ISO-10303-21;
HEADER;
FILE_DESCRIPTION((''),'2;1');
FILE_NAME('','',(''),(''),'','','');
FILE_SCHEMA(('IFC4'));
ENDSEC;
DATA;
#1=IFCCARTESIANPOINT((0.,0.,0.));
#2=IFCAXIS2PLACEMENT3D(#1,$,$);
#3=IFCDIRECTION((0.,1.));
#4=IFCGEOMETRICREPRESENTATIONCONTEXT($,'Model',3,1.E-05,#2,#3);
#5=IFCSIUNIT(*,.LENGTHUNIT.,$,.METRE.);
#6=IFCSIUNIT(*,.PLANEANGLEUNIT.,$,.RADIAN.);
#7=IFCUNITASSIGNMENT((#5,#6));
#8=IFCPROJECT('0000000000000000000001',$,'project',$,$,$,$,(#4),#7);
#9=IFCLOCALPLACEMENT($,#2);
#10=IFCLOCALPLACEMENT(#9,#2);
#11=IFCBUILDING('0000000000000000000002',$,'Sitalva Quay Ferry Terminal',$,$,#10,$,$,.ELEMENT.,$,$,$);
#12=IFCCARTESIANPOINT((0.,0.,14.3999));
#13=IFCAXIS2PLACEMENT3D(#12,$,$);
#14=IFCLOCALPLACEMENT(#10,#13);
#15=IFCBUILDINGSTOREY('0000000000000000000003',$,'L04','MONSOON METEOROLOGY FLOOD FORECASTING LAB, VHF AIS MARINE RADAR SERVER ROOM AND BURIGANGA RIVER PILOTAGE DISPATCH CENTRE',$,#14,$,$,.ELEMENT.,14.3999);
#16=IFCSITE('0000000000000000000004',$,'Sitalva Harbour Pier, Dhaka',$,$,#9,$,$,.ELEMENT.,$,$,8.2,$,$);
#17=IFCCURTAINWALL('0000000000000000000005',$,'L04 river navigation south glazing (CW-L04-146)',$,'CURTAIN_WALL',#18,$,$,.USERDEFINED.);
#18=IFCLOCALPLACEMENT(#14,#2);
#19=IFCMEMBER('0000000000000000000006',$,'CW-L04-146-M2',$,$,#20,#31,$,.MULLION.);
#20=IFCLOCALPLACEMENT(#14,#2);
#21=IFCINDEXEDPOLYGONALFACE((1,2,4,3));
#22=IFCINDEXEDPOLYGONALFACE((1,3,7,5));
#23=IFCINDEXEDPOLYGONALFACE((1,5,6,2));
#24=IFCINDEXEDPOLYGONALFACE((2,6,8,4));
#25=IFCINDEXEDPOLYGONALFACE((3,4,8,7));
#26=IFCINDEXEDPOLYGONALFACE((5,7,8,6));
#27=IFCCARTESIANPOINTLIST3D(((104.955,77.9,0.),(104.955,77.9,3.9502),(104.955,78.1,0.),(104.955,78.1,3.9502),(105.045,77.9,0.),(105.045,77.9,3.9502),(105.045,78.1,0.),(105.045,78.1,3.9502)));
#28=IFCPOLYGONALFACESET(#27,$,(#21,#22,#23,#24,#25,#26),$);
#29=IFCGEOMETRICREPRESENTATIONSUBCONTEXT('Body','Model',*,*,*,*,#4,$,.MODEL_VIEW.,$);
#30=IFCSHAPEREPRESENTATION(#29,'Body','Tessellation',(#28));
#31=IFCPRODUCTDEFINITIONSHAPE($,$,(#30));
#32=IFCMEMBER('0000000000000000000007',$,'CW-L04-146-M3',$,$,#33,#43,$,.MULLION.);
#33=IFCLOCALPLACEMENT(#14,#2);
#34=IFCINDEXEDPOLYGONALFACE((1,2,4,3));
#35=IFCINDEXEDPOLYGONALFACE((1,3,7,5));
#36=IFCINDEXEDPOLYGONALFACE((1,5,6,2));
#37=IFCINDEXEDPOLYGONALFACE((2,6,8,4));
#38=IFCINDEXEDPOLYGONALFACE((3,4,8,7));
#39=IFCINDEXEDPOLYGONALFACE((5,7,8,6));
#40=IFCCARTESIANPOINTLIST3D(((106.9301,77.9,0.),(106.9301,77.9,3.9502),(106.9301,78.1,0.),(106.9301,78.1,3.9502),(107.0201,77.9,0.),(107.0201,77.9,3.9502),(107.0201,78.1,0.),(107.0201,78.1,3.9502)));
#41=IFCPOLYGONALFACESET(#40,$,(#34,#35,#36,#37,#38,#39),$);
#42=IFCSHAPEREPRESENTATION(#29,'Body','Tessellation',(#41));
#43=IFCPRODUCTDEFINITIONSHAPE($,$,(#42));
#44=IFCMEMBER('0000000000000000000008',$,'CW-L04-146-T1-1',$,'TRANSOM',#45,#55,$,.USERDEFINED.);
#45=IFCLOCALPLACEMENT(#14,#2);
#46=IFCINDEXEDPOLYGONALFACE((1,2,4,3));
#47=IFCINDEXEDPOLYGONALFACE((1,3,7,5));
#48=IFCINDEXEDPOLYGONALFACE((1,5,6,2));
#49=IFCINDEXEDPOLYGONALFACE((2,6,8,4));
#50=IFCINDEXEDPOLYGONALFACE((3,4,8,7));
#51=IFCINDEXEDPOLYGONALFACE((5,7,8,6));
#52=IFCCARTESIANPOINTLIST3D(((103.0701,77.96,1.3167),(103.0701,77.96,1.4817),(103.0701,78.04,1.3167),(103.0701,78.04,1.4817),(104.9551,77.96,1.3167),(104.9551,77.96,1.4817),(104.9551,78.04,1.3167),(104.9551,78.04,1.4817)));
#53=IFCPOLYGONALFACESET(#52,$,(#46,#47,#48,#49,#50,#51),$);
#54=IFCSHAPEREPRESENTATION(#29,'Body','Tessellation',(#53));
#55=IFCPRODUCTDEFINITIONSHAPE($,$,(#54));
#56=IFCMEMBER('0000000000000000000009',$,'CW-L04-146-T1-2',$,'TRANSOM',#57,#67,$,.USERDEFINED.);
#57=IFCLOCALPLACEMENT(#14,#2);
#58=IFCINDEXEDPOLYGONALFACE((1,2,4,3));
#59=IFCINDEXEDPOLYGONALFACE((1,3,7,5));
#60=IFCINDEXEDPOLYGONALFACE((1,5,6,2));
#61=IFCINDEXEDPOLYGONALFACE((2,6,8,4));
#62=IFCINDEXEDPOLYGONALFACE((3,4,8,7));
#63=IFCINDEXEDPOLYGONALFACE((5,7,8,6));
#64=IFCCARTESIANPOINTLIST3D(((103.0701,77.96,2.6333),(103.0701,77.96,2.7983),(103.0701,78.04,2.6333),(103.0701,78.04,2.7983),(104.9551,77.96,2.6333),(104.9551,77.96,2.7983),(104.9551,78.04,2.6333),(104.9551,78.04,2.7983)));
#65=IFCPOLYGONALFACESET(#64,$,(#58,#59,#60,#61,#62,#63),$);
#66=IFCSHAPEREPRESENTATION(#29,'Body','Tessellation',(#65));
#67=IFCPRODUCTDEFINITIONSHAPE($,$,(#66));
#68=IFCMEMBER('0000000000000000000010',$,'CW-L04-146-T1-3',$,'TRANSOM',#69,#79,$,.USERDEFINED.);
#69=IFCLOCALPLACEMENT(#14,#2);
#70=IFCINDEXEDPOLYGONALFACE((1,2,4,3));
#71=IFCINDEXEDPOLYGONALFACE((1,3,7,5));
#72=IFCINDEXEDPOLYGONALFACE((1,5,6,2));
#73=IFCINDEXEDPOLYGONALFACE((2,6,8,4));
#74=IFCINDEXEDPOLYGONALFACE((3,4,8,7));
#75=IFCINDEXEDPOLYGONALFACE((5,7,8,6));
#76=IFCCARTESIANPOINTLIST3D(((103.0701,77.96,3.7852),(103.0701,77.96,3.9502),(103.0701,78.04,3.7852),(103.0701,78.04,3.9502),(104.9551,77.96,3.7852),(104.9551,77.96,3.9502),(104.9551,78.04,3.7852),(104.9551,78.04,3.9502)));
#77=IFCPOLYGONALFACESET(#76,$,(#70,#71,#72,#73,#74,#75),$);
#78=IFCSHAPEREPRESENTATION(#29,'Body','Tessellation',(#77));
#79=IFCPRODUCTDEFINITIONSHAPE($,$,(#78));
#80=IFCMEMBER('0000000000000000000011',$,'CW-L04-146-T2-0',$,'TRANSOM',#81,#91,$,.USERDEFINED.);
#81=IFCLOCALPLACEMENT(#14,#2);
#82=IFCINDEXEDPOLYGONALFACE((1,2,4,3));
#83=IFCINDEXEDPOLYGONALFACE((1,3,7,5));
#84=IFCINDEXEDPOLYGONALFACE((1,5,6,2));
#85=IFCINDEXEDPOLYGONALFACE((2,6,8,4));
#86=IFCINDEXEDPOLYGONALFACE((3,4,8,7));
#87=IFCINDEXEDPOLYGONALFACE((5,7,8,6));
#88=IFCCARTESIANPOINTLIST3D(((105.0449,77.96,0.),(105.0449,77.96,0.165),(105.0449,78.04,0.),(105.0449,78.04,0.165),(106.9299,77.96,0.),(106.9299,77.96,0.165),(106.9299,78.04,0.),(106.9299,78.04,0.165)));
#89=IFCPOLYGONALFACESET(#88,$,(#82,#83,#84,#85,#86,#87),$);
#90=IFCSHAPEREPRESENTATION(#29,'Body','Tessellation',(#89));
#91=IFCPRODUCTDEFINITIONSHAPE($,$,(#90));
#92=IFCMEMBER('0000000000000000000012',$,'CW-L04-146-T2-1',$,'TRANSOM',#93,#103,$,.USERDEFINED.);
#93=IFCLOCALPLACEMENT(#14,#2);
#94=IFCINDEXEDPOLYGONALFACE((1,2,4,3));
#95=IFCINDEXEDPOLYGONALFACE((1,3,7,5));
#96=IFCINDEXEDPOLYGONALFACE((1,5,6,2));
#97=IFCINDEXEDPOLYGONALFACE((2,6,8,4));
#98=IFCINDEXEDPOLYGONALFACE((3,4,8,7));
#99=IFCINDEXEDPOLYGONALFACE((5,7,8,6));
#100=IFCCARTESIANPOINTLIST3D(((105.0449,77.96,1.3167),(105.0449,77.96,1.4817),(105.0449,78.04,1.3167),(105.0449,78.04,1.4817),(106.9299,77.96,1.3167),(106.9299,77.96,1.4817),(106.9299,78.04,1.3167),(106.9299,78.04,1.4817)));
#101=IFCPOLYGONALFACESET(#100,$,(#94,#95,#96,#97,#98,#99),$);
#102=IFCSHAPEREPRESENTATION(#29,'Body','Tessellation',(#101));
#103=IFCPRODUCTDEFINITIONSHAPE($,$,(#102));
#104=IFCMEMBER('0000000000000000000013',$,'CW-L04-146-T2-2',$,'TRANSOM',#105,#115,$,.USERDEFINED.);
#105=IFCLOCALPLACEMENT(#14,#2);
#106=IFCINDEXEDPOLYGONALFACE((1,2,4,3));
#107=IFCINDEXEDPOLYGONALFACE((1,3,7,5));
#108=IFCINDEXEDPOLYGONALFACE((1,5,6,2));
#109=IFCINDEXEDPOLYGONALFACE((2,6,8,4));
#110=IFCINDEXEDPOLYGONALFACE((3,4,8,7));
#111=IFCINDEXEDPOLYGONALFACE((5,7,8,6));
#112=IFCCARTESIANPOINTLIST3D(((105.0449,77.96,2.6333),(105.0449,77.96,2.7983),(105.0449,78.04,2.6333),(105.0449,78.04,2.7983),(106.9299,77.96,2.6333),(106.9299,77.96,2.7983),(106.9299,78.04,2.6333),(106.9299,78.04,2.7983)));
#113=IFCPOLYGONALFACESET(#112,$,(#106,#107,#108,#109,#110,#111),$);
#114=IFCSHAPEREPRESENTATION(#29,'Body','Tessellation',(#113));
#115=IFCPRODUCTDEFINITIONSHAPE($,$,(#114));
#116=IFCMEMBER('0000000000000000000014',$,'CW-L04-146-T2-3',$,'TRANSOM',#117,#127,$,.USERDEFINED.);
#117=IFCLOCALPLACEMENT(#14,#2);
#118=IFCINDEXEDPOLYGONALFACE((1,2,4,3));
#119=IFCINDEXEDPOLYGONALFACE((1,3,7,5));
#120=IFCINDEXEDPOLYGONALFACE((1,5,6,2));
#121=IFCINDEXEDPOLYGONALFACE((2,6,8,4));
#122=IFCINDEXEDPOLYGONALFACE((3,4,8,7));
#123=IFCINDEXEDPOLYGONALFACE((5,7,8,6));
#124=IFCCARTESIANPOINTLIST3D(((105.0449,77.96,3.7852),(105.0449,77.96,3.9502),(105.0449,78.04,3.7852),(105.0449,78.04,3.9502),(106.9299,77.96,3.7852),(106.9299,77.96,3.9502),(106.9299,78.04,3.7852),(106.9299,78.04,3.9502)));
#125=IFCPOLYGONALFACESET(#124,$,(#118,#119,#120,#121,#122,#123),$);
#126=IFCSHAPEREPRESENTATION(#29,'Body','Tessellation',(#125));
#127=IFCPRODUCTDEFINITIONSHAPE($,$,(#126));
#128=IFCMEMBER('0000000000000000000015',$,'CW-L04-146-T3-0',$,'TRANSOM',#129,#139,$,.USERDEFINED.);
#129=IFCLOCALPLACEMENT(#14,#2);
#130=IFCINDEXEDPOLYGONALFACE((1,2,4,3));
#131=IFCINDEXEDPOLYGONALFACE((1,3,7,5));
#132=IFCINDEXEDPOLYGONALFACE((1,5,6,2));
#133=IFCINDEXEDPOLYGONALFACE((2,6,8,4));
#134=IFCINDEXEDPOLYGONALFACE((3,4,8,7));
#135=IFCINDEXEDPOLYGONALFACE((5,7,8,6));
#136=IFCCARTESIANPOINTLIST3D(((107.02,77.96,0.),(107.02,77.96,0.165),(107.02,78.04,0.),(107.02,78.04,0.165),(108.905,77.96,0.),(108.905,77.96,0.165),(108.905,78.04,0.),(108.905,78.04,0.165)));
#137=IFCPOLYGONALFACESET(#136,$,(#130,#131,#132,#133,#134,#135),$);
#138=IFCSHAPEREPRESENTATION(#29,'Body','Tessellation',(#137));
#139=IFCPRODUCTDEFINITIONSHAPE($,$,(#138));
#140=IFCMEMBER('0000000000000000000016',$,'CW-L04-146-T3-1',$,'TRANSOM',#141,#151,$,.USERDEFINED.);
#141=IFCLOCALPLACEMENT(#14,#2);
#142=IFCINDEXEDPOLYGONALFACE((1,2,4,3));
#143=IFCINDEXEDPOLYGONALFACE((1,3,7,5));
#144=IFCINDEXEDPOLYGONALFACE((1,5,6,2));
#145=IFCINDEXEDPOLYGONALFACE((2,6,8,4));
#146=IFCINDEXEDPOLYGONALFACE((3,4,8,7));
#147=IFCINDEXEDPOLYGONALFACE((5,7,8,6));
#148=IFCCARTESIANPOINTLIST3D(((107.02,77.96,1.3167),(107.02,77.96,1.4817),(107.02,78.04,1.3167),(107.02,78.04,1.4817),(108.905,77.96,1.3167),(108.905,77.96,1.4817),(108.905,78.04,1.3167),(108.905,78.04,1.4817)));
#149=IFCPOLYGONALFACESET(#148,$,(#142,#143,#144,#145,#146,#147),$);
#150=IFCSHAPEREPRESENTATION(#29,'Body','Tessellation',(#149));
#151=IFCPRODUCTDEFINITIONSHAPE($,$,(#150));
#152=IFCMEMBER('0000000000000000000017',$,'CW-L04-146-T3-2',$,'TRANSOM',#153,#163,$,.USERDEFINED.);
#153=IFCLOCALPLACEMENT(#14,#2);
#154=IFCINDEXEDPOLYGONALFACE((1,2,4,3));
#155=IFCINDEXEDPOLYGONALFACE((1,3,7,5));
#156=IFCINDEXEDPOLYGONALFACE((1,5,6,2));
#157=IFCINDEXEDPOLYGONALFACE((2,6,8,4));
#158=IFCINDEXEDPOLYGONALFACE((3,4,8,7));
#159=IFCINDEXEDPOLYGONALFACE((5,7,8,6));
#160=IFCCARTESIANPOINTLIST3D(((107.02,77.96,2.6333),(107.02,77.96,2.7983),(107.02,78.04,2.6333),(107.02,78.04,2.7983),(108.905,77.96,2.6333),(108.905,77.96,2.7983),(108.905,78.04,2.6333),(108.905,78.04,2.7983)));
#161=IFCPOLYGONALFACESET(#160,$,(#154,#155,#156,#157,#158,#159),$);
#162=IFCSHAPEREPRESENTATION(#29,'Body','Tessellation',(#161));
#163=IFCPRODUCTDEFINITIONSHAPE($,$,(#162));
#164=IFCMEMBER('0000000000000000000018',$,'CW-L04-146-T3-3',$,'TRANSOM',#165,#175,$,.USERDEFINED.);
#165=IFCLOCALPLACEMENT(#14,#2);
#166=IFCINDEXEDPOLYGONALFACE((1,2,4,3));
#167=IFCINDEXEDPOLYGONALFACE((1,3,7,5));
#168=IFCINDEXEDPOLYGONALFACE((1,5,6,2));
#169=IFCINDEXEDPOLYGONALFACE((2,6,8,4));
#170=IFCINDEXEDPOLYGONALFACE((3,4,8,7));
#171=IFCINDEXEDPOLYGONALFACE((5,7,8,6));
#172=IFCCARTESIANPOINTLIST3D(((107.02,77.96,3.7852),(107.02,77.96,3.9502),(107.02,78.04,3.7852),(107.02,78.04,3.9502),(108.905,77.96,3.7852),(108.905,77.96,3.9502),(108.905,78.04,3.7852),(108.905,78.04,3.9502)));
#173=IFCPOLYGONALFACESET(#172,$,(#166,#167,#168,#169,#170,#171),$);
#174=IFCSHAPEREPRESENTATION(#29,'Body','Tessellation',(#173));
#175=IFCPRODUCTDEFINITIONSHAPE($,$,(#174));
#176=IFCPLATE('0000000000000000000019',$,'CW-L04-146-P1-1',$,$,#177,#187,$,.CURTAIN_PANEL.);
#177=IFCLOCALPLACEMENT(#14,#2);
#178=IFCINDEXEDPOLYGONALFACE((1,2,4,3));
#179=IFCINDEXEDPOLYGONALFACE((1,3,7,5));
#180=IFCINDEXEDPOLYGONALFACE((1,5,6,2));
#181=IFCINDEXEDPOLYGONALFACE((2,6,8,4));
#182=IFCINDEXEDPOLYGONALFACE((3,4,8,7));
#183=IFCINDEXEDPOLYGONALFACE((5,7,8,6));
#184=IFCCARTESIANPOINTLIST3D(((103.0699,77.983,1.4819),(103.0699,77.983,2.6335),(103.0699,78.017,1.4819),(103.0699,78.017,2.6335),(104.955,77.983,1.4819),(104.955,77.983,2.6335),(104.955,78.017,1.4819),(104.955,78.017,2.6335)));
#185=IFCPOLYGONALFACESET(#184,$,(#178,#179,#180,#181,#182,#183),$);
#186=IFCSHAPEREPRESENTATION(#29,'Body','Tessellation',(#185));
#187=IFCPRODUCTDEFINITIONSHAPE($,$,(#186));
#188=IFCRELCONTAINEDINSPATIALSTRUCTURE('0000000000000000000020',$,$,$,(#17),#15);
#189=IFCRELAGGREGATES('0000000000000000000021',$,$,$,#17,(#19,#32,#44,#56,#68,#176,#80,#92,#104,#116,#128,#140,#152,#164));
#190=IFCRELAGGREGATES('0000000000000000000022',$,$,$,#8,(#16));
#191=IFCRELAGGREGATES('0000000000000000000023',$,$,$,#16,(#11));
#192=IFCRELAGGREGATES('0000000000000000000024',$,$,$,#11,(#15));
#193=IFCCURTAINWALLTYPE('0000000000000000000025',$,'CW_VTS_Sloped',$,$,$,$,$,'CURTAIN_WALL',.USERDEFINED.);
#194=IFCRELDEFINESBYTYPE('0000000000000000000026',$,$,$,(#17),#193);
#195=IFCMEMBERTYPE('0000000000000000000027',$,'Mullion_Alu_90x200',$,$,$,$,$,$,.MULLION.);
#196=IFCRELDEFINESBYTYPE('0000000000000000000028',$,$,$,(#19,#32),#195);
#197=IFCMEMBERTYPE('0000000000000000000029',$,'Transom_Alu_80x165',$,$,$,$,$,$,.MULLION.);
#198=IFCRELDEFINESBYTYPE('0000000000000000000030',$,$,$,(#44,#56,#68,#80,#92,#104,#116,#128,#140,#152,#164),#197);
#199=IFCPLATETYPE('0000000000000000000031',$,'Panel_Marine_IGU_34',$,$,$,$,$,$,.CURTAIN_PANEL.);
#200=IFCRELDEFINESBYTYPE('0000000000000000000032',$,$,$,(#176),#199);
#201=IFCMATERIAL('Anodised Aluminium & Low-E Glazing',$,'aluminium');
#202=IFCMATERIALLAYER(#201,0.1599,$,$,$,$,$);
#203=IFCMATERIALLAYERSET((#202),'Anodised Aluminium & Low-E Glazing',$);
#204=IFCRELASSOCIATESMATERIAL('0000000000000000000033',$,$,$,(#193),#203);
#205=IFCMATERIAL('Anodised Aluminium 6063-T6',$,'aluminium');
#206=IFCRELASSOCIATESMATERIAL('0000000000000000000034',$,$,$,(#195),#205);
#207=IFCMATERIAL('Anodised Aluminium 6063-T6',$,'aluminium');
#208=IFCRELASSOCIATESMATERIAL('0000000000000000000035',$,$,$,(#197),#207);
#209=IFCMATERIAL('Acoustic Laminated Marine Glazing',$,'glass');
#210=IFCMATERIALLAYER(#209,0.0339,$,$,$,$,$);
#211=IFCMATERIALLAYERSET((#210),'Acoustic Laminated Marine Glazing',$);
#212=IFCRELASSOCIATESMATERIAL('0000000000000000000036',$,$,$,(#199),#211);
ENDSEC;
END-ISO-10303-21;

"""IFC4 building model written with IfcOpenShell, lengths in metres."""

from ifc_helpers import new_model, si_unit, direction, frame, origin, origin_2d, place, context, subcontext, project, spatial, rectangle, extrude, material, layer, layer_set, material_profile, profile_set, type_object, element, aggregate, save


model = new_model("IFC4")

# Units and contexts
model_context = context("Model", 3, precision=1e-05, world=origin(), true_north=direction((0.0, 1.0)))
body_context = subcontext(model_context, "Body", "Model", "MODEL_VIEW")
ifc_project = project(units=[si_unit("LENGTHUNIT", "METRE"), si_unit("PLANEANGLEUNIT", "RADIAN")], contexts=[model_context])

# Site, building, storey
site_placement = place(None, origin())
site = spatial("IfcSite", under=ifc_project, at=site_placement, Name="Sitalva Harbour Pier, Dhaka", CompositionType="ELEMENT", RefElevation=8.2)
building_placement = place(site_placement, origin())
building = spatial("IfcBuilding", under=site, at=building_placement, Name="Sitalva Quay Ferry Terminal", CompositionType="ELEMENT")
storey_placement = place(building_placement, frame((0.0, 0.0, 14.3999)))
storey = spatial("IfcBuildingStorey", under=building, at=storey_placement, Name="L04", Description="MONSOON METEOROLOGY FLOOD FORECASTING LAB, VHF AIS MARINE RADAR SERVER ROOM AND BURIGANGA RIVER PILOTAGE DISPATCH CENTRE", CompositionType="ELEMENT", Elevation=14.3999)

# Curtain wall, members, plate
ifc_material_1 = material(Name="Anodised Aluminium & Low-E Glazing", Category="aluminium")
ifc_layer_1 = layer(ifc_material_1, 0.1599)
ifc_layer_set_1 = layer_set([ifc_layer_1], Name="Anodised Aluminium & Low-E Glazing")
curtain_wall_type = type_object("IfcCurtainWallType", Name="CW_VTS_Sloped", ElementType="CURTAIN_WALL", PredefinedType="USERDEFINED", material=ifc_layer_set_1)
curtain_wall_placement = place(storey_placement, origin())
curtain_wall = element("IfcCurtainWall", 1, at=curtain_wall_placement, inside=storey, type_object=curtain_wall_type, Name="L04 river navigation south glazing (CW-L04-146)", ObjectType="CURTAIN_WALL", PredefinedType="USERDEFINED")
ifc_material_2 = material(Name="Anodised Aluminium 6063-T6", Category="aluminium")
ifc_material_profile_1 = material_profile(ifc_material_2, rectangle(XDim=0.0901, YDim=0.2, at=origin_2d()), Name="ALU90x200")
ifc_profile_set_1 = profile_set([ifc_material_profile_1], Name="Anodised Aluminium 6063-T6")
member_type_1 = type_object("IfcMemberType", Name="Mullion_Alu_90x200", PredefinedType="MULLION", material=ifc_profile_set_1)
member_1_placement = place(storey_placement, frame((105.0, 78.0, 0.0), z_axis=(0.0, 0.0, 1.0), x_axis=(1.0, 0.0, 0.0)))
member_1 = element("IfcMember", 2, at=member_1_placement, type_object=member_type_1, Name="CW-L04-146-M2", PredefinedType="MULLION", context=body_context, shape_type="SweptSolid", body=[
    extrude(rectangle(XDim=0.0901, YDim=0.2, at=origin_2d()), origin(), (0.0, 0.0, 1.0), 3.9502),
])
member_2_placement = place(storey_placement, frame((106.9751, 78.0, 0.0), z_axis=(0.0, 0.0, 1.0), x_axis=(1.0, 0.0, 0.0)))
member_2 = element("IfcMember", 3, at=member_2_placement, type_object=member_type_1, Name="CW-L04-146-M3", PredefinedType="MULLION", context=body_context, shape_type="SweptSolid", body=[
    extrude(rectangle(XDim=0.0901, YDim=0.2, at=origin_2d()), origin(), (0.0, 0.0, 1.0), 3.9502),
])
ifc_material_3 = material(Name="Anodised Aluminium 6063-T6", Category="aluminium")
ifc_material_profile_2 = material_profile(ifc_material_3, rectangle(XDim=0.0801, YDim=0.165, at=origin_2d()), Name="ALU80x165")
ifc_profile_set_2 = profile_set([ifc_material_profile_2], Name="Anodised Aluminium 6063-T6")
member_type_2 = type_object("IfcMemberType", Name="Transom_Alu_80x165", PredefinedType="MULLION", material=ifc_profile_set_2)
member_3_placement = place(storey_placement, frame((103.0701, 78.0, 1.3992), z_axis=(1.0, 0.0, 0.0), x_axis=(0.0, 1.0, 0.0)))
member_3 = element("IfcMember", 4, at=member_3_placement, type_object=member_type_2, Name="CW-L04-146-T1-1", ObjectType="TRANSOM", PredefinedType="USERDEFINED", context=body_context, shape_type="SweptSolid", body=[
    extrude(rectangle(XDim=0.0801, YDim=0.165, at=origin_2d()), origin(), (0.0, 0.0, 1.0), 1.885),
])
member_4_placement = place(storey_placement, frame((103.0701, 78.0, 2.7158), z_axis=(1.0, 0.0, 0.0), x_axis=(0.0, 1.0, 0.0)))
member_4 = element("IfcMember", 5, at=member_4_placement, type_object=member_type_2, Name="CW-L04-146-T1-2", ObjectType="TRANSOM", PredefinedType="USERDEFINED", context=body_context, shape_type="SweptSolid", body=[
    extrude(rectangle(XDim=0.0801, YDim=0.165, at=origin_2d()), origin(), (0.0, 0.0, 1.0), 1.885),
])
member_5_placement = place(storey_placement, frame((103.0701, 78.0, 3.8677), z_axis=(1.0, 0.0, 0.0), x_axis=(0.0, 1.0, 0.0)))
member_5 = element("IfcMember", 6, at=member_5_placement, type_object=member_type_2, Name="CW-L04-146-T1-3", ObjectType="TRANSOM", PredefinedType="USERDEFINED", context=body_context, shape_type="SweptSolid", body=[
    extrude(rectangle(XDim=0.0801, YDim=0.165, at=origin_2d()), origin(), (0.0, 0.0, 1.0), 1.885),
])
member_6_placement = place(storey_placement, frame((105.0449, 78.0, 0.0825), z_axis=(1.0, 0.0, 0.0), x_axis=(0.0, 1.0, 0.0)))
member_6 = element("IfcMember", 7, at=member_6_placement, type_object=member_type_2, Name="CW-L04-146-T2-0", ObjectType="TRANSOM", PredefinedType="USERDEFINED", context=body_context, shape_type="SweptSolid", body=[
    extrude(rectangle(XDim=0.0801, YDim=0.165, at=origin_2d()), origin(), (0.0, 0.0, 1.0), 1.885),
])
member_7_placement = place(storey_placement, frame((105.0449, 78.0, 1.3992), z_axis=(1.0, 0.0, 0.0), x_axis=(0.0, 1.0, 0.0)))
member_7 = element("IfcMember", 8, at=member_7_placement, type_object=member_type_2, Name="CW-L04-146-T2-1", ObjectType="TRANSOM", PredefinedType="USERDEFINED", context=body_context, shape_type="SweptSolid", body=[
    extrude(rectangle(XDim=0.0801, YDim=0.165, at=origin_2d()), origin(), (0.0, 0.0, 1.0), 1.885),
])
member_8_placement = place(storey_placement, frame((105.0449, 78.0, 2.7158), z_axis=(1.0, 0.0, 0.0), x_axis=(0.0, 1.0, 0.0)))
member_8 = element("IfcMember", 9, at=member_8_placement, type_object=member_type_2, Name="CW-L04-146-T2-2", ObjectType="TRANSOM", PredefinedType="USERDEFINED", context=body_context, shape_type="SweptSolid", body=[
    extrude(rectangle(XDim=0.0801, YDim=0.165, at=origin_2d()), origin(), (0.0, 0.0, 1.0), 1.885),
])
member_9_placement = place(storey_placement, frame((105.0449, 78.0, 3.8677), z_axis=(1.0, 0.0, 0.0), x_axis=(0.0, 1.0, 0.0)))
member_9 = element("IfcMember", 10, at=member_9_placement, type_object=member_type_2, Name="CW-L04-146-T2-3", ObjectType="TRANSOM", PredefinedType="USERDEFINED", context=body_context, shape_type="SweptSolid", body=[
    extrude(rectangle(XDim=0.0801, YDim=0.165, at=origin_2d()), origin(), (0.0, 0.0, 1.0), 1.885),
])
member_10_placement = place(storey_placement, frame((107.02, 78.0, 0.0825), z_axis=(1.0, 0.0, 0.0), x_axis=(0.0, 1.0, 0.0)))
member_10 = element("IfcMember", 11, at=member_10_placement, type_object=member_type_2, Name="CW-L04-146-T3-0", ObjectType="TRANSOM", PredefinedType="USERDEFINED", context=body_context, shape_type="SweptSolid", body=[
    extrude(rectangle(XDim=0.0801, YDim=0.165, at=origin_2d()), origin(), (0.0, 0.0, 1.0), 1.885),
])
member_11_placement = place(storey_placement, frame((107.02, 78.0, 1.3992), z_axis=(1.0, 0.0, 0.0), x_axis=(0.0, 1.0, 0.0)))
member_11 = element("IfcMember", 12, at=member_11_placement, type_object=member_type_2, Name="CW-L04-146-T3-1", ObjectType="TRANSOM", PredefinedType="USERDEFINED", context=body_context, shape_type="SweptSolid", body=[
    extrude(rectangle(XDim=0.0801, YDim=0.165, at=origin_2d()), origin(), (0.0, 0.0, 1.0), 1.885),
])
member_12_placement = place(storey_placement, frame((107.02, 78.0, 2.7158), z_axis=(1.0, 0.0, 0.0), x_axis=(0.0, 1.0, 0.0)))
member_12 = element("IfcMember", 13, at=member_12_placement, type_object=member_type_2, Name="CW-L04-146-T3-2", ObjectType="TRANSOM", PredefinedType="USERDEFINED", context=body_context, shape_type="SweptSolid", body=[
    extrude(rectangle(XDim=0.0801, YDim=0.165, at=origin_2d()), origin(), (0.0, 0.0, 1.0), 1.885),
])
member_13_placement = place(storey_placement, frame((107.02, 78.0, 3.8677), z_axis=(1.0, 0.0, 0.0), x_axis=(0.0, 1.0, 0.0)))
member_13 = element("IfcMember", 14, at=member_13_placement, type_object=member_type_2, Name="CW-L04-146-T3-3", ObjectType="TRANSOM", PredefinedType="USERDEFINED", context=body_context, shape_type="SweptSolid", body=[
    extrude(rectangle(XDim=0.0801, YDim=0.165, at=origin_2d()), origin(), (0.0, 0.0, 1.0), 1.885),
])
ifc_material_4 = material(Name="Acoustic Laminated Marine Glazing", Category="glass")
ifc_layer_2 = layer(ifc_material_4, 0.0339)
ifc_layer_set_2 = layer_set([ifc_layer_2], Name="Acoustic Laminated Marine Glazing")
plate_type_1 = type_object("IfcPlateType", Name="Panel_Marine_IGU_34", PredefinedType="CURTAIN_PANEL", material=ifc_layer_set_2)
plate_1_placement = place(storey_placement, frame((104.0125, 78.0, 1.4819), z_axis=(0.0, 0.0, 1.0), x_axis=(1.0, 0.0, 0.0)))
plate_1 = element("IfcPlate", 15, at=plate_1_placement, type_object=plate_type_1, Name="CW-L04-146-P1-1", PredefinedType="CURTAIN_PANEL", context=body_context, shape_type="SweptSolid", body=[
    extrude(rectangle(XDim=1.885, YDim=0.0339, at=origin_2d()), origin(), (0.0, 0.0, 1.0), 1.1516),
])
aggregate(curtain_wall, [member_1, member_2, member_3, member_4, member_5, plate_1, member_6, member_7, member_8, member_9, member_10, member_11, member_12, member_13])

save(model, "model.ifc")
